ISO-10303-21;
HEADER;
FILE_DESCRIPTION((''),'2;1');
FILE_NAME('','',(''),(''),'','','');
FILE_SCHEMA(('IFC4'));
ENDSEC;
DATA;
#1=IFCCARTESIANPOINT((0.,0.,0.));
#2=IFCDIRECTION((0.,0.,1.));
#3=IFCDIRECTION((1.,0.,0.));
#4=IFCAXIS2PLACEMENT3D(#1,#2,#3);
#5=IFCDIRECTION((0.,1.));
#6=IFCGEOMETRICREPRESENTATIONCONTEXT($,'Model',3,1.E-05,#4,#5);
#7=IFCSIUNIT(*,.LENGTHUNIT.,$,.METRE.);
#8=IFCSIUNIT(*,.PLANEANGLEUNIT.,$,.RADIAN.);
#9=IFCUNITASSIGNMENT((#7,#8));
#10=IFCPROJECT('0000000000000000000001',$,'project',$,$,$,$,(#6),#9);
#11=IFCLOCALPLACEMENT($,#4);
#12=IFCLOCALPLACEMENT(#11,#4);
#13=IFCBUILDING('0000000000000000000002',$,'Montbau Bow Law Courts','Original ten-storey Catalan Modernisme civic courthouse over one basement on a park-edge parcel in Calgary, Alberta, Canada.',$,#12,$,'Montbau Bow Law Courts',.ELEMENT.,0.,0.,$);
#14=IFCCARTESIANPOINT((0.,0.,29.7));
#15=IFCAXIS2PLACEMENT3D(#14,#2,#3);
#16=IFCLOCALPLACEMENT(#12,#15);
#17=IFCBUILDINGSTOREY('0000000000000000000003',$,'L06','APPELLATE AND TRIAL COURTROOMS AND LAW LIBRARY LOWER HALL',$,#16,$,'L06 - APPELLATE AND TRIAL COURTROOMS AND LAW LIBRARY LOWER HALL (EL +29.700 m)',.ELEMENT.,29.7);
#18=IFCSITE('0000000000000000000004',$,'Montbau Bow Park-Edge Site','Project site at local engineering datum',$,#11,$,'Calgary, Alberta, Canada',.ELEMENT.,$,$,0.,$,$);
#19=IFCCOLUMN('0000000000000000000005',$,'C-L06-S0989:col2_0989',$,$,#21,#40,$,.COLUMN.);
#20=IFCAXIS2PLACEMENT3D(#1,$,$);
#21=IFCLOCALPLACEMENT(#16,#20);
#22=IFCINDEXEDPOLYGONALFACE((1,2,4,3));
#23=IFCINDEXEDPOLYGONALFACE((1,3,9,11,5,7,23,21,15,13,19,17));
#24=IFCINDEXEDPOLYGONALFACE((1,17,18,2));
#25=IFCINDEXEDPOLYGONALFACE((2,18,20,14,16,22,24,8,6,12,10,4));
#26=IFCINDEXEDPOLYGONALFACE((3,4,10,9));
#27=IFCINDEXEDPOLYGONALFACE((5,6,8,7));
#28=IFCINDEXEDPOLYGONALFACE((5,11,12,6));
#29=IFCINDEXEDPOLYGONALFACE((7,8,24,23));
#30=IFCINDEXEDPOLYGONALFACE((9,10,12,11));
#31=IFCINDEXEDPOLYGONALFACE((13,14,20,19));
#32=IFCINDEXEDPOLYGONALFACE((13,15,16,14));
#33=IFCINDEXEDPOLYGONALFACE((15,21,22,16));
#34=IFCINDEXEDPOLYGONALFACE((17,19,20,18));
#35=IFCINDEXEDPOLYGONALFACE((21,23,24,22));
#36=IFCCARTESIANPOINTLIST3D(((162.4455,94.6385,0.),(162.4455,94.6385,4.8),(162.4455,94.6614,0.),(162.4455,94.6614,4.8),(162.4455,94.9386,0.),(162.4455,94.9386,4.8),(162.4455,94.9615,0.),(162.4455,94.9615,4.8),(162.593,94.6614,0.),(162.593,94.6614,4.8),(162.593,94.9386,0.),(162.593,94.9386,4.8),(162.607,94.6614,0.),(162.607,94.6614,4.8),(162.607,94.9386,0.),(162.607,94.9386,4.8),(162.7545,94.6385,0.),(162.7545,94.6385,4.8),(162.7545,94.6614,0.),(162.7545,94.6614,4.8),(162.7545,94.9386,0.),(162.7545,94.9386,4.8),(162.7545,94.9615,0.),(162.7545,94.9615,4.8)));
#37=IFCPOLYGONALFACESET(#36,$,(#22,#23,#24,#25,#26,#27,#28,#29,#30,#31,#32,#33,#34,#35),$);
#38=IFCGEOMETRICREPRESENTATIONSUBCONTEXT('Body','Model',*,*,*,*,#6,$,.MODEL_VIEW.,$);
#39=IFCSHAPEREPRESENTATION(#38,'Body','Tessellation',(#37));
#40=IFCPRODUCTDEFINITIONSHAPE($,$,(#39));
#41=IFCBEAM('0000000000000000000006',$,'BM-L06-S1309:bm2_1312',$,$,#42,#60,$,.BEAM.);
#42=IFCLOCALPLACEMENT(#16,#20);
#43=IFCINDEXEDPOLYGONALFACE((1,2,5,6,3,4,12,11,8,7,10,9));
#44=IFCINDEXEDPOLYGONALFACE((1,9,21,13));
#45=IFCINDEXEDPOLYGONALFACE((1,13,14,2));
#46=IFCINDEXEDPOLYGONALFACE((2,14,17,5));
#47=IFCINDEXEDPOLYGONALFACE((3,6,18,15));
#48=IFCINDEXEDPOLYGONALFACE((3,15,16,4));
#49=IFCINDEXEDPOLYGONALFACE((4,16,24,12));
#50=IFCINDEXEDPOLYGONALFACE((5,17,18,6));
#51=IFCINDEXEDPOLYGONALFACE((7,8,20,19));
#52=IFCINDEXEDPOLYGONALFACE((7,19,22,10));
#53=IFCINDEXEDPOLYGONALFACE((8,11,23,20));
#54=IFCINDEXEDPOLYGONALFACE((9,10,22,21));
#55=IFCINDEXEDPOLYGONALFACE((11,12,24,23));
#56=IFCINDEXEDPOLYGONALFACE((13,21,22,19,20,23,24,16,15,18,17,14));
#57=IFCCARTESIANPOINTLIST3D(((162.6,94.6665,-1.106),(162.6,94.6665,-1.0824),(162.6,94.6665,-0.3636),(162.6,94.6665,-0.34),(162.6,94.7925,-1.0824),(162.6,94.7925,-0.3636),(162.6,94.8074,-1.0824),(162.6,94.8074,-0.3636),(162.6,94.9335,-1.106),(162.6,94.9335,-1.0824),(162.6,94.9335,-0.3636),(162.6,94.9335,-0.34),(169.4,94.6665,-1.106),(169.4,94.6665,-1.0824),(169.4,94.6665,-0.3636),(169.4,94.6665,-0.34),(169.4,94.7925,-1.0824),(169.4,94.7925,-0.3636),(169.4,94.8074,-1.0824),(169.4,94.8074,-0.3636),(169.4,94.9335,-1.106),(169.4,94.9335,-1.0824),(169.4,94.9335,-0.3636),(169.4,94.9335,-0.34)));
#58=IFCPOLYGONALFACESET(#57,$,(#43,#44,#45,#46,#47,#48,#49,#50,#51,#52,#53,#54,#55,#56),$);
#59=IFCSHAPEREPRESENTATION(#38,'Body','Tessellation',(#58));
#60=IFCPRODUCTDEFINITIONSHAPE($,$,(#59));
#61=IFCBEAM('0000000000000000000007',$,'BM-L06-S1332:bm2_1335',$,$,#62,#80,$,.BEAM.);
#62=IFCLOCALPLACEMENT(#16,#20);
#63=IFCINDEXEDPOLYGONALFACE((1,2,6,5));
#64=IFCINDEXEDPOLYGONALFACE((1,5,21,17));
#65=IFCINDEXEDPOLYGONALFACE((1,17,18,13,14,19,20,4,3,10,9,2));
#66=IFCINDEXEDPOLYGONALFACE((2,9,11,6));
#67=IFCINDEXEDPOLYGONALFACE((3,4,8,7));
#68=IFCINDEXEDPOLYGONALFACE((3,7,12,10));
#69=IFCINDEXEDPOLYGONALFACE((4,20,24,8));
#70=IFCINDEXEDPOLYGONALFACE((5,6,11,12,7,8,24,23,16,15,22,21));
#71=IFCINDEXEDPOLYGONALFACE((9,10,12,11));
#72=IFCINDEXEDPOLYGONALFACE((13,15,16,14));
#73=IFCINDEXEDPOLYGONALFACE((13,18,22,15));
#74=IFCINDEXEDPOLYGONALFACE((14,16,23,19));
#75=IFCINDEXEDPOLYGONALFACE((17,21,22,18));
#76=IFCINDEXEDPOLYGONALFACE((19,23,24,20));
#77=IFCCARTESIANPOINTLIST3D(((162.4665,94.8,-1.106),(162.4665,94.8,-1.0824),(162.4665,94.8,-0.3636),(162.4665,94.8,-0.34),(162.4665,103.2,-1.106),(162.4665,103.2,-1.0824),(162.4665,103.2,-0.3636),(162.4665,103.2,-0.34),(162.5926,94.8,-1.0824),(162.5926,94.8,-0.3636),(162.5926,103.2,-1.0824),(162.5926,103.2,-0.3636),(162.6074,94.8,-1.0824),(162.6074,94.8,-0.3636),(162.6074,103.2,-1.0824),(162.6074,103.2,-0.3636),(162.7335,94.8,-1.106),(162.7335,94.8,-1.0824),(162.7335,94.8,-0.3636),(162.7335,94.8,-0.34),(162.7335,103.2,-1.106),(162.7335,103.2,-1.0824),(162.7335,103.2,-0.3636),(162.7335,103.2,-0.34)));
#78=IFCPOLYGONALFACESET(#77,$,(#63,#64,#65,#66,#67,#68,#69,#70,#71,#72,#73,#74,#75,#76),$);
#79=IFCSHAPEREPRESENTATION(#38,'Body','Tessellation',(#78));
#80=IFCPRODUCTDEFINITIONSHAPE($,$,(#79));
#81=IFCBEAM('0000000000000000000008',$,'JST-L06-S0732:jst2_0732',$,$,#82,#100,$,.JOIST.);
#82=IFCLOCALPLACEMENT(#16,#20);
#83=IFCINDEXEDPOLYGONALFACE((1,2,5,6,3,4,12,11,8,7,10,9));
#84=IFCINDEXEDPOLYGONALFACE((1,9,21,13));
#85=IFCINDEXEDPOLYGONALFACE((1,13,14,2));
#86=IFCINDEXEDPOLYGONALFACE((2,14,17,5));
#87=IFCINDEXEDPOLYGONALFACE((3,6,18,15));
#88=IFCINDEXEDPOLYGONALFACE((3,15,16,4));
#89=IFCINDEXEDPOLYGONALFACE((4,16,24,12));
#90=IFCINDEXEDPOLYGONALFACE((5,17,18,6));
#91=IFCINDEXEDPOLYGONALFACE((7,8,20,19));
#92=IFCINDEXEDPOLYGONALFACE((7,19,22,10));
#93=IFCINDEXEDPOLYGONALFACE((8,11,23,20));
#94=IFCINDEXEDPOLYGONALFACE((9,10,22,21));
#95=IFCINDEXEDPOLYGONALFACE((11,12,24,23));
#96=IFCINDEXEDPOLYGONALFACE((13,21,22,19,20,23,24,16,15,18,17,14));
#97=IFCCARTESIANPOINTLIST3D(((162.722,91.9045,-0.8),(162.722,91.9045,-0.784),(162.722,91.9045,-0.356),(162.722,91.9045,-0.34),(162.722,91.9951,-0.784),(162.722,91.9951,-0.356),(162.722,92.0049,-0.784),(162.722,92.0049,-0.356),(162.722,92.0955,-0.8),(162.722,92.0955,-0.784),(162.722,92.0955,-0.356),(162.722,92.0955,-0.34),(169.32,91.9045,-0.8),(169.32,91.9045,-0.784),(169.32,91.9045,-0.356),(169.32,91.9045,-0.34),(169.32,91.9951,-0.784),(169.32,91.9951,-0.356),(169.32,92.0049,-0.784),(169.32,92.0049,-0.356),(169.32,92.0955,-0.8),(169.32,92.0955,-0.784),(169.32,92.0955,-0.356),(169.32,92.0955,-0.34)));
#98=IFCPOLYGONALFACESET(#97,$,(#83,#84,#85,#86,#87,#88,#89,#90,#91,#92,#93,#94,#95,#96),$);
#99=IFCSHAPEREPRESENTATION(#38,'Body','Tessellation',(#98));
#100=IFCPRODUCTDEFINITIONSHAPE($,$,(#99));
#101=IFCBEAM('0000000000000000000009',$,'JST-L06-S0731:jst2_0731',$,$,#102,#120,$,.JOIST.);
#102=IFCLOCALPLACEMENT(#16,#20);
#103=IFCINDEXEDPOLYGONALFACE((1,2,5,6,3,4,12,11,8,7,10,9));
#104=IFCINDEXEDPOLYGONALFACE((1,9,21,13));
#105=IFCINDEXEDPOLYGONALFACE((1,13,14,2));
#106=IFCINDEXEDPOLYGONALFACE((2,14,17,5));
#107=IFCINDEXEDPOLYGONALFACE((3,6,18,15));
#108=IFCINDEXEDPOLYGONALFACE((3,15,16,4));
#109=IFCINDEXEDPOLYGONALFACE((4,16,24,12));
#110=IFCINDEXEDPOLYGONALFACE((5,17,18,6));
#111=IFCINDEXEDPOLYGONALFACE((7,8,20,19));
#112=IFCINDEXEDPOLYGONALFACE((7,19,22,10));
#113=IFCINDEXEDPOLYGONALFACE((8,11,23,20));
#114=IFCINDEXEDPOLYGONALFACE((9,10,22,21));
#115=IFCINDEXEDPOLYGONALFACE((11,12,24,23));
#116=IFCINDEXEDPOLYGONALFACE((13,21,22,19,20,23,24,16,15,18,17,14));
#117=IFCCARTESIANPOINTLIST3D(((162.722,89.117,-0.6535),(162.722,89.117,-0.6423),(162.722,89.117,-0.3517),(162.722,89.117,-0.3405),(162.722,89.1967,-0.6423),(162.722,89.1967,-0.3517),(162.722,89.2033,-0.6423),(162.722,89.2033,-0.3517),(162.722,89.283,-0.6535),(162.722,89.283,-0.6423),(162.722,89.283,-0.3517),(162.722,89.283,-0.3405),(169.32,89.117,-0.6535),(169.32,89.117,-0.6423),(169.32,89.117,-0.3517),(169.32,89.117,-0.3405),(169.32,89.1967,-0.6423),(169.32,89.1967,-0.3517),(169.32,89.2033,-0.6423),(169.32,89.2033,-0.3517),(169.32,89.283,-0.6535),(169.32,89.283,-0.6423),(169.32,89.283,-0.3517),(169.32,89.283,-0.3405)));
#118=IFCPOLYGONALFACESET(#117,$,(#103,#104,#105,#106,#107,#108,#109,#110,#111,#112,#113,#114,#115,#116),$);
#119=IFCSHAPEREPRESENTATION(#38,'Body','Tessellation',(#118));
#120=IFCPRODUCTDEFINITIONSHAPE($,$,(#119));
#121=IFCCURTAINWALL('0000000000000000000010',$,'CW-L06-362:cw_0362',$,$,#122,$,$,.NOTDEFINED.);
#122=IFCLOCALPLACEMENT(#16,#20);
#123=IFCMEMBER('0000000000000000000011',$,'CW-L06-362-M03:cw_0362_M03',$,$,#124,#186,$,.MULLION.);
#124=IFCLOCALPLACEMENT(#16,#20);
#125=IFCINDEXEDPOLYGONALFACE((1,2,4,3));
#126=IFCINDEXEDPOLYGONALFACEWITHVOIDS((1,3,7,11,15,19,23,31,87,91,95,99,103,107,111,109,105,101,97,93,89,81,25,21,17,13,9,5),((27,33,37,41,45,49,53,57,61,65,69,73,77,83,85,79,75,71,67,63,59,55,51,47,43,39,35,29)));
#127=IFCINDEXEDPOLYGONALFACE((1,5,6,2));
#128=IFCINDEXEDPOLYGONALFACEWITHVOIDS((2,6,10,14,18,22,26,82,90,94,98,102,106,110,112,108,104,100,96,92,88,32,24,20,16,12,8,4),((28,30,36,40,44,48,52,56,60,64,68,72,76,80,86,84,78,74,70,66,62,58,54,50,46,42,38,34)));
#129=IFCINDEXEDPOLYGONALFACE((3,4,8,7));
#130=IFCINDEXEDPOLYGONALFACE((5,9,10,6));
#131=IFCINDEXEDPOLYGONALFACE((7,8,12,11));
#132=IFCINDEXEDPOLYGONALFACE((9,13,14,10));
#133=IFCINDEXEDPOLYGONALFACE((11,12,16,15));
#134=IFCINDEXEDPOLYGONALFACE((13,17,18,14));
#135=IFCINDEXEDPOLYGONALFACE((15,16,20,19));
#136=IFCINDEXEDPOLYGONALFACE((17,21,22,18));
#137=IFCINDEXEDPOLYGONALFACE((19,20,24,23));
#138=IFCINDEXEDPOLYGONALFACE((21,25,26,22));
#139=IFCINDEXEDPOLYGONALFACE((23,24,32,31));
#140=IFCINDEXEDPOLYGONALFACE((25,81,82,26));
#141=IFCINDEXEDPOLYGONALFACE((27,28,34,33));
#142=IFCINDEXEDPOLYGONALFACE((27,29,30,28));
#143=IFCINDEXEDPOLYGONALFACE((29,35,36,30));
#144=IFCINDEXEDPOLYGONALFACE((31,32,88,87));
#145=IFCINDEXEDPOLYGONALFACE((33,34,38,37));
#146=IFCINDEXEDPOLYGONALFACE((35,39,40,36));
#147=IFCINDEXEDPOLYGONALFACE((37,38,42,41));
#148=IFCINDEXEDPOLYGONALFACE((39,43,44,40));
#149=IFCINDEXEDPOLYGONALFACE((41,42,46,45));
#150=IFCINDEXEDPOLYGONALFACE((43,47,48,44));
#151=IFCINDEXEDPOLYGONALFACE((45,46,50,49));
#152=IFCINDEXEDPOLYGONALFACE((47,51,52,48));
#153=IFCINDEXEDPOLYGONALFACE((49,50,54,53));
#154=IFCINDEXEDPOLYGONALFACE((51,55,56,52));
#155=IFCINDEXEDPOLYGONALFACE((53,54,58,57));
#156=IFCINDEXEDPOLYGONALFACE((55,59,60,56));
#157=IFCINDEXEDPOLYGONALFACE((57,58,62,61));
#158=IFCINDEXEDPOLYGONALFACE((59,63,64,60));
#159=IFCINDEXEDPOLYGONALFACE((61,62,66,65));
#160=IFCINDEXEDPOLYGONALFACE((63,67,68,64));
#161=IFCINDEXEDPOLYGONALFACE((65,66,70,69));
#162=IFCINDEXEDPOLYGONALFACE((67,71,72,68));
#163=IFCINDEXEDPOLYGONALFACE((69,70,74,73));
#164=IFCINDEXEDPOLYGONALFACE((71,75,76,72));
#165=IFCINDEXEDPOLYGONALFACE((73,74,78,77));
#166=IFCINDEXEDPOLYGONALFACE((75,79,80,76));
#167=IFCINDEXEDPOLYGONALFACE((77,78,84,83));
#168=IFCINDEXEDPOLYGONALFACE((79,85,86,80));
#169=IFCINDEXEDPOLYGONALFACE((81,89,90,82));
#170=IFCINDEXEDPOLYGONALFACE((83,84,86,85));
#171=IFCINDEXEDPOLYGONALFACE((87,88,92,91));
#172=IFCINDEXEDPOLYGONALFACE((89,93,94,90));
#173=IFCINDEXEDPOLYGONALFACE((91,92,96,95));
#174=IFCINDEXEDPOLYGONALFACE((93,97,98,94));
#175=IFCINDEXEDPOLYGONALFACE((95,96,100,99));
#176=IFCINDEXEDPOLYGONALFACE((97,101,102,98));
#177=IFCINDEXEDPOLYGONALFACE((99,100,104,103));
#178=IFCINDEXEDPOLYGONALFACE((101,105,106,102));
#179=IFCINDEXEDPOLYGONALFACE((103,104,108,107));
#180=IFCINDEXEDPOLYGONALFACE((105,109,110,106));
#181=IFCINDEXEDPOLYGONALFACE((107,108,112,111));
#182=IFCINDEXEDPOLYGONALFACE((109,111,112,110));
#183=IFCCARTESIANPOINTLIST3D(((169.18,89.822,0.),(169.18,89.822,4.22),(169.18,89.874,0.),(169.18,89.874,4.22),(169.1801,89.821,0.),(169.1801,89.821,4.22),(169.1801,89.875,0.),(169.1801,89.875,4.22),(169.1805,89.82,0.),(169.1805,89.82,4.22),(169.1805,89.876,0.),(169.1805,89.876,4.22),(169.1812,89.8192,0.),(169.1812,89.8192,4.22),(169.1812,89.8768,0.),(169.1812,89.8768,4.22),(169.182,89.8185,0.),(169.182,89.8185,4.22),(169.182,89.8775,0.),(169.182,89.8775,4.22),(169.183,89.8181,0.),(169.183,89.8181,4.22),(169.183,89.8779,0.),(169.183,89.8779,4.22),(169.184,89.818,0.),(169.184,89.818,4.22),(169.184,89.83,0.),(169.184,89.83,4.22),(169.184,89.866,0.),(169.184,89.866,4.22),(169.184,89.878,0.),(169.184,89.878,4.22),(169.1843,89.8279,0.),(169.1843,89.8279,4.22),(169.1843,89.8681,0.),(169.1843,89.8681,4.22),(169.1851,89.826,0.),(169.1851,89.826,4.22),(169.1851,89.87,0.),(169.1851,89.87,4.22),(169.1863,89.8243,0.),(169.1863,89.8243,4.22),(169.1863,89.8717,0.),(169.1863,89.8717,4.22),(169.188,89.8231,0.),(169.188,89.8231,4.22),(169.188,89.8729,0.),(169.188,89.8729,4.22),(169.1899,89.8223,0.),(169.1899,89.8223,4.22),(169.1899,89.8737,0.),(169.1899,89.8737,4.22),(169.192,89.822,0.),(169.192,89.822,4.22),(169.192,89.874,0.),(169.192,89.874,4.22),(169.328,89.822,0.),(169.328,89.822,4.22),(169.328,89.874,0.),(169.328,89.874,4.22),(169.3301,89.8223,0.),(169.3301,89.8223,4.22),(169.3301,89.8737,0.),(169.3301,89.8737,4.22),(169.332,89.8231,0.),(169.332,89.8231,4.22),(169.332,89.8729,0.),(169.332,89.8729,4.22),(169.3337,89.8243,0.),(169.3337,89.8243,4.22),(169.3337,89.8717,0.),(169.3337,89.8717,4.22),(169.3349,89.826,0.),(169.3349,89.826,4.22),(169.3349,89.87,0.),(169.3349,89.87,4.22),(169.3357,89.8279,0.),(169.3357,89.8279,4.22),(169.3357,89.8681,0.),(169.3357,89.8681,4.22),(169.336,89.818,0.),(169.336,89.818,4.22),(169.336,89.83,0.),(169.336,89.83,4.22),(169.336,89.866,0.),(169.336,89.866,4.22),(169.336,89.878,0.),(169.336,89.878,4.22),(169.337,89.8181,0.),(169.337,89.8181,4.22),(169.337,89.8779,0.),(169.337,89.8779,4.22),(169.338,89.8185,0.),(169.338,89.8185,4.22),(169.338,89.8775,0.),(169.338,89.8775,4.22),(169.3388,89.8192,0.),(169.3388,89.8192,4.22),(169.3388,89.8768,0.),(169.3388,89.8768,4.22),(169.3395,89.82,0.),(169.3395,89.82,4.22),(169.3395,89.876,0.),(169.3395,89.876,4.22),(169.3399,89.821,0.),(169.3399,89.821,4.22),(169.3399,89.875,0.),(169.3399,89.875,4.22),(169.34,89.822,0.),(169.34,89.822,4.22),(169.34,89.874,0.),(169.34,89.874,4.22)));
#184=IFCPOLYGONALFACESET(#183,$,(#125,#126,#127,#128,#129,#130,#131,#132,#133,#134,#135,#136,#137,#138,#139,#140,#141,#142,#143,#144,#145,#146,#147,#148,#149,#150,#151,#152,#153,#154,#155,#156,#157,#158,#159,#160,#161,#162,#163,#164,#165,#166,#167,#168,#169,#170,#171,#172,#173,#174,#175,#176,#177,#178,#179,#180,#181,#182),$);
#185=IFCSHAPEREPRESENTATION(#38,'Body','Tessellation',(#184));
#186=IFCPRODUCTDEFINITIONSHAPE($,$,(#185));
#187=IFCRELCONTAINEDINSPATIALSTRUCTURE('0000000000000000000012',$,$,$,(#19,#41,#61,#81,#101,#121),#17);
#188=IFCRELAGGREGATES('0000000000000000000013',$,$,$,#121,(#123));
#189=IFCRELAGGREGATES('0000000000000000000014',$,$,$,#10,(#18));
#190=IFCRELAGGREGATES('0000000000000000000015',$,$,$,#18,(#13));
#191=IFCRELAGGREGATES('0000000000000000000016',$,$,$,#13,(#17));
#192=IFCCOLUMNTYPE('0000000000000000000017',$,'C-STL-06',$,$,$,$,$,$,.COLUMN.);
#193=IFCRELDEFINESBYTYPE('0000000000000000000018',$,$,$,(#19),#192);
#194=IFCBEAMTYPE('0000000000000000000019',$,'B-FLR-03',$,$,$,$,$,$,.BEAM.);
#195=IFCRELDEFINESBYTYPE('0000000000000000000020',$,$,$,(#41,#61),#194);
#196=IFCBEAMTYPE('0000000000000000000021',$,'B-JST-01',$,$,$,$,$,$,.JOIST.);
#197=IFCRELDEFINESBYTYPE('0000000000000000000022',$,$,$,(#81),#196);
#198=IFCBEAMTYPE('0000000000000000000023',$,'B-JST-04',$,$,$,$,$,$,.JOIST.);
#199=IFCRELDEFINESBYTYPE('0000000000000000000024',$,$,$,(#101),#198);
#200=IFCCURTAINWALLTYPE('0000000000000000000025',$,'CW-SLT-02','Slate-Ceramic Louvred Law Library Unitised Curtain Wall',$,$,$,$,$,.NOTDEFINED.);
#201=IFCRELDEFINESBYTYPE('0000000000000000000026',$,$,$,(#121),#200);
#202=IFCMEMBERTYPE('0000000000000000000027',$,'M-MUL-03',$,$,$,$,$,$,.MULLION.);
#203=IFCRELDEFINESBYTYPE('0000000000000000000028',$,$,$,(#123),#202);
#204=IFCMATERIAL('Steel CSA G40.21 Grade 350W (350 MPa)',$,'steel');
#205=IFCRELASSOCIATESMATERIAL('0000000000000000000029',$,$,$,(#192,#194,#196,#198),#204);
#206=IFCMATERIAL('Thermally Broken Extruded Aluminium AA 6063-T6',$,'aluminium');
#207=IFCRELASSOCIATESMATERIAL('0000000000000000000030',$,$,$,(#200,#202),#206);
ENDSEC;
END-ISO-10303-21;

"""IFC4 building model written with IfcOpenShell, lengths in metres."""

from ifc_helpers import new_model, si_unit, direction, frame, origin_with_axes, origin_2d_with_axis, place, context, subcontext, project, spatial, hollow_rectangle, i_section, extrude, material, material_profile, profile_set, type_object, element, aggregate, save


model = new_model("IFC4")

# Units and contexts
model_context = context("Model", 3, precision=1e-05, world=origin_with_axes(), true_north=direction((0.0, 1.0)))
body_context = subcontext(model_context, "Body", "Model", "MODEL_VIEW")
ifc_project = project(units=[si_unit("LENGTHUNIT", "METRE"), si_unit("PLANEANGLEUNIT", "RADIAN")], contexts=[model_context])

# Site, building, storey
site_placement = place(None, origin_with_axes())
site = spatial("IfcSite", under=ifc_project, at=site_placement, Name="Montbau Bow Park-Edge Site", Description="Project site at local engineering datum", LongName="Calgary, Alberta, Canada", CompositionType="ELEMENT", RefElevation=0.0)
building_placement = place(site_placement, origin_with_axes())
building = spatial("IfcBuilding", under=site, at=building_placement, Name="Montbau Bow Law Courts", Description="Original ten-storey Catalan Modernisme civic courthouse over one basement on a park-edge parcel in Calgary, Alberta, Canada.", LongName="Montbau Bow Law Courts", CompositionType="ELEMENT", ElevationOfRefHeight=0.0, ElevationOfTerrain=0.0)
storey_placement = place(building_placement, frame((0.0, 0.0, 29.7), z_axis=(0.0, 0.0, 1.0), x_axis=(1.0, 0.0, 0.0)))
storey = spatial("IfcBuildingStorey", under=building, at=storey_placement, Name="L06", Description="APPELLATE AND TRIAL COURTROOMS AND LAW LIBRARY LOWER HALL", LongName="L06 - APPELLATE AND TRIAL COURTROOMS AND LAW LIBRARY LOWER HALL (EL +29.700 m)", CompositionType="ELEMENT", Elevation=29.7)

# Column
ifc_material_1 = material(Name="Steel CSA G40.21 Grade 350W (350 MPa)", Category="steel")
ifc_material_profile_1 = material_profile(ifc_material_1, i_section(OverallWidth=0.309, OverallDepth=0.323, WebThickness=0.014, FlangeThickness=0.0229, at=origin_2d_with_axis()), Name="W310X143", Category="Main", Priority=0)
ifc_profile_set_1 = profile_set([ifc_material_profile_1], Name="Steel CSA G40.21 Grade 350W (350 MPa)")
column_type = type_object("IfcColumnType", Name="C-STL-06", PredefinedType="COLUMN", material=ifc_profile_set_1)
column_placement = place(None, frame((162.6, 94.8, 29.7), z_axis=(0.0, 0.0, 1.0), x_axis=(1.0, 0.0, 0.0)))
element("IfcColumn", 1, at=column_placement, inside=storey, type_object=column_type, Name="C-L06-S0989:col2_0989", PredefinedType="COLUMN", context=body_context, shape_type="SweptSolid", body=[
    extrude(i_section(OverallWidth=0.309, OverallDepth=0.323, WebThickness=0.014, FlangeThickness=0.0229, at=origin_2d_with_axis()), origin_with_axes(), (0.0, 0.0, 1.0), 4.8),
])

# Beams
ifc_material_profile_2 = material_profile(ifc_material_1, i_section(OverallWidth=0.267, OverallDepth=0.766, WebThickness=0.0149, FlangeThickness=0.0236, at=origin_2d_with_axis()), Name="W760X185", Category="Main", Priority=0)
ifc_profile_set_2 = profile_set([ifc_material_profile_2], Name="Steel CSA G40.21 Grade 350W (350 MPa)")
beam_type_1 = type_object("IfcBeamType", Name="B-FLR-03", PredefinedType="BEAM", material=ifc_profile_set_2)
beam_1_placement = place(None, frame((162.6, 94.8, 28.977), z_axis=(1.0, 0.0, 0.0), x_axis=(0.0, 1.0, 0.0)))
element("IfcBeam", 2, at=beam_1_placement, inside=storey, type_object=beam_type_1, Name="BM-L06-S1309:bm2_1312", PredefinedType="BEAM", context=body_context, shape_type="SweptSolid", body=[
    extrude(i_section(OverallWidth=0.267, OverallDepth=0.766, WebThickness=0.0149, FlangeThickness=0.0236, at=origin_2d_with_axis()), origin_with_axes(), (0.0, 0.0, 1.0), 6.8),
])
beam_2_placement = place(None, frame((162.6, 94.8, 28.977), z_axis=(0.0, 1.0, 0.0), x_axis=(-1.0, 0.0, 0.0)))
element("IfcBeam", 3, at=beam_2_placement, inside=storey, type_object=beam_type_1, Name="BM-L06-S1332:bm2_1335", PredefinedType="BEAM", context=body_context, shape_type="SweptSolid", body=[
    extrude(i_section(OverallWidth=0.267, OverallDepth=0.766, WebThickness=0.0149, FlangeThickness=0.0236, at=origin_2d_with_axis()), origin_with_axes(), (0.0, 0.0, 1.0), 8.4),
])
ifc_material_profile_3 = material_profile(ifc_material_1, i_section(OverallWidth=0.191, OverallDepth=0.46, WebThickness=0.0099, FlangeThickness=0.016, at=origin_2d_with_axis()), Name="W460X82", Category="Main", Priority=0)
ifc_profile_set_3 = profile_set([ifc_material_profile_3], Name="Steel CSA G40.21 Grade 350W (350 MPa)")
beam_type_2 = type_object("IfcBeamType", Name="B-JST-01", PredefinedType="JOIST", material=ifc_profile_set_3)
beam_3_placement = place(None, frame((162.722, 92.0, 29.13), z_axis=(1.0, 0.0, 0.0), x_axis=(0.0, 1.0, 0.0)))
element("IfcBeam", 4, at=beam_3_placement, inside=storey, type_object=beam_type_2, Name="JST-L06-S0732:jst2_0732", PredefinedType="JOIST", context=body_context, shape_type="SweptSolid", body=[
    extrude(i_section(OverallWidth=0.191, OverallDepth=0.46, WebThickness=0.0099, FlangeThickness=0.016, at=origin_2d_with_axis()), origin_with_axes(), (0.0, 0.0, 1.0), 6.598),
])
ifc_material_profile_4 = material_profile(ifc_material_1, i_section(OverallWidth=0.166, OverallDepth=0.313, WebThickness=0.0066, FlangeThickness=0.0112, at=origin_2d_with_axis()), Name="W310X45", Category="Main", Priority=0)
ifc_profile_set_4 = profile_set([ifc_material_profile_4], Name="Steel CSA G40.21 Grade 350W (350 MPa)")
beam_type_3 = type_object("IfcBeamType", Name="B-JST-04", PredefinedType="JOIST", material=ifc_profile_set_4)
beam_4_placement = place(None, frame((162.722, 89.2, 29.203), z_axis=(1.0, 0.0, 0.0), x_axis=(0.0, 1.0, 0.0)))
element("IfcBeam", 5, at=beam_4_placement, inside=storey, type_object=beam_type_3, Name="JST-L06-S0731:jst2_0731", PredefinedType="JOIST", context=body_context, shape_type="SweptSolid", body=[
    extrude(i_section(OverallWidth=0.166, OverallDepth=0.313, WebThickness=0.0066, FlangeThickness=0.0112, at=origin_2d_with_axis()), origin_with_axes(), (0.0, 0.0, 1.0), 6.598),
])

# Curtain wall, member
ifc_material_2 = material(Name="Thermally Broken Extruded Aluminium AA 6063-T6", Category="aluminium")
curtain_wall_type = type_object("IfcCurtainWallType", Name="CW-SLT-02", Description="Slate-Ceramic Louvred Law Library Unitised Curtain Wall", PredefinedType="NOTDEFINED", material=ifc_material_2)
curtain_wall_placement = place(None, frame((169.26, 86.84, 29.7), z_axis=(0.0, 0.0, 1.0), x_axis=(1.0, 0.0, 0.0)))
curtain_wall = element("IfcCurtainWall", 6, at=curtain_wall_placement, inside=storey, type_object=curtain_wall_type, Name="CW-L06-362:cw_0362", PredefinedType="NOTDEFINED")
ifc_material_profile_5 = material_profile(ifc_material_2, hollow_rectangle(XDim=0.06, YDim=0.16, WallThickness=0.004, InnerFilletRadius=0.008, OuterFilletRadius=0.004, at=origin_2d_with_axis()), Name="CWM-160X60", Category="Main", Priority=0)
ifc_profile_set_5 = profile_set([ifc_material_profile_5], Name="Thermally Broken Extruded Aluminium AA 6063-T6")
member_type_1 = type_object("IfcMemberType", Name="M-MUL-03", PredefinedType="MULLION", material=ifc_profile_set_5)
member_1_placement = place(None, frame((169.26, 89.848, 29.7), z_axis=(0.0, 0.0, 1.0), x_axis=(0.0, 1.0, 0.0)))
member_1 = element("IfcMember", 7, at=member_1_placement, type_object=member_type_1, Name="CW-L06-362-M03:cw_0362_M03", PredefinedType="MULLION", context=body_context, shape_type="SweptSolid", body=[
    extrude(hollow_rectangle(XDim=0.06, YDim=0.16, WallThickness=0.004, InnerFilletRadius=0.008, OuterFilletRadius=0.004, at=origin_2d_with_axis()), origin_with_axes(), (0.0, 0.0, 1.0), 4.22),
])
aggregate(curtain_wall, [member_1])

save(model, "model.ifc")
